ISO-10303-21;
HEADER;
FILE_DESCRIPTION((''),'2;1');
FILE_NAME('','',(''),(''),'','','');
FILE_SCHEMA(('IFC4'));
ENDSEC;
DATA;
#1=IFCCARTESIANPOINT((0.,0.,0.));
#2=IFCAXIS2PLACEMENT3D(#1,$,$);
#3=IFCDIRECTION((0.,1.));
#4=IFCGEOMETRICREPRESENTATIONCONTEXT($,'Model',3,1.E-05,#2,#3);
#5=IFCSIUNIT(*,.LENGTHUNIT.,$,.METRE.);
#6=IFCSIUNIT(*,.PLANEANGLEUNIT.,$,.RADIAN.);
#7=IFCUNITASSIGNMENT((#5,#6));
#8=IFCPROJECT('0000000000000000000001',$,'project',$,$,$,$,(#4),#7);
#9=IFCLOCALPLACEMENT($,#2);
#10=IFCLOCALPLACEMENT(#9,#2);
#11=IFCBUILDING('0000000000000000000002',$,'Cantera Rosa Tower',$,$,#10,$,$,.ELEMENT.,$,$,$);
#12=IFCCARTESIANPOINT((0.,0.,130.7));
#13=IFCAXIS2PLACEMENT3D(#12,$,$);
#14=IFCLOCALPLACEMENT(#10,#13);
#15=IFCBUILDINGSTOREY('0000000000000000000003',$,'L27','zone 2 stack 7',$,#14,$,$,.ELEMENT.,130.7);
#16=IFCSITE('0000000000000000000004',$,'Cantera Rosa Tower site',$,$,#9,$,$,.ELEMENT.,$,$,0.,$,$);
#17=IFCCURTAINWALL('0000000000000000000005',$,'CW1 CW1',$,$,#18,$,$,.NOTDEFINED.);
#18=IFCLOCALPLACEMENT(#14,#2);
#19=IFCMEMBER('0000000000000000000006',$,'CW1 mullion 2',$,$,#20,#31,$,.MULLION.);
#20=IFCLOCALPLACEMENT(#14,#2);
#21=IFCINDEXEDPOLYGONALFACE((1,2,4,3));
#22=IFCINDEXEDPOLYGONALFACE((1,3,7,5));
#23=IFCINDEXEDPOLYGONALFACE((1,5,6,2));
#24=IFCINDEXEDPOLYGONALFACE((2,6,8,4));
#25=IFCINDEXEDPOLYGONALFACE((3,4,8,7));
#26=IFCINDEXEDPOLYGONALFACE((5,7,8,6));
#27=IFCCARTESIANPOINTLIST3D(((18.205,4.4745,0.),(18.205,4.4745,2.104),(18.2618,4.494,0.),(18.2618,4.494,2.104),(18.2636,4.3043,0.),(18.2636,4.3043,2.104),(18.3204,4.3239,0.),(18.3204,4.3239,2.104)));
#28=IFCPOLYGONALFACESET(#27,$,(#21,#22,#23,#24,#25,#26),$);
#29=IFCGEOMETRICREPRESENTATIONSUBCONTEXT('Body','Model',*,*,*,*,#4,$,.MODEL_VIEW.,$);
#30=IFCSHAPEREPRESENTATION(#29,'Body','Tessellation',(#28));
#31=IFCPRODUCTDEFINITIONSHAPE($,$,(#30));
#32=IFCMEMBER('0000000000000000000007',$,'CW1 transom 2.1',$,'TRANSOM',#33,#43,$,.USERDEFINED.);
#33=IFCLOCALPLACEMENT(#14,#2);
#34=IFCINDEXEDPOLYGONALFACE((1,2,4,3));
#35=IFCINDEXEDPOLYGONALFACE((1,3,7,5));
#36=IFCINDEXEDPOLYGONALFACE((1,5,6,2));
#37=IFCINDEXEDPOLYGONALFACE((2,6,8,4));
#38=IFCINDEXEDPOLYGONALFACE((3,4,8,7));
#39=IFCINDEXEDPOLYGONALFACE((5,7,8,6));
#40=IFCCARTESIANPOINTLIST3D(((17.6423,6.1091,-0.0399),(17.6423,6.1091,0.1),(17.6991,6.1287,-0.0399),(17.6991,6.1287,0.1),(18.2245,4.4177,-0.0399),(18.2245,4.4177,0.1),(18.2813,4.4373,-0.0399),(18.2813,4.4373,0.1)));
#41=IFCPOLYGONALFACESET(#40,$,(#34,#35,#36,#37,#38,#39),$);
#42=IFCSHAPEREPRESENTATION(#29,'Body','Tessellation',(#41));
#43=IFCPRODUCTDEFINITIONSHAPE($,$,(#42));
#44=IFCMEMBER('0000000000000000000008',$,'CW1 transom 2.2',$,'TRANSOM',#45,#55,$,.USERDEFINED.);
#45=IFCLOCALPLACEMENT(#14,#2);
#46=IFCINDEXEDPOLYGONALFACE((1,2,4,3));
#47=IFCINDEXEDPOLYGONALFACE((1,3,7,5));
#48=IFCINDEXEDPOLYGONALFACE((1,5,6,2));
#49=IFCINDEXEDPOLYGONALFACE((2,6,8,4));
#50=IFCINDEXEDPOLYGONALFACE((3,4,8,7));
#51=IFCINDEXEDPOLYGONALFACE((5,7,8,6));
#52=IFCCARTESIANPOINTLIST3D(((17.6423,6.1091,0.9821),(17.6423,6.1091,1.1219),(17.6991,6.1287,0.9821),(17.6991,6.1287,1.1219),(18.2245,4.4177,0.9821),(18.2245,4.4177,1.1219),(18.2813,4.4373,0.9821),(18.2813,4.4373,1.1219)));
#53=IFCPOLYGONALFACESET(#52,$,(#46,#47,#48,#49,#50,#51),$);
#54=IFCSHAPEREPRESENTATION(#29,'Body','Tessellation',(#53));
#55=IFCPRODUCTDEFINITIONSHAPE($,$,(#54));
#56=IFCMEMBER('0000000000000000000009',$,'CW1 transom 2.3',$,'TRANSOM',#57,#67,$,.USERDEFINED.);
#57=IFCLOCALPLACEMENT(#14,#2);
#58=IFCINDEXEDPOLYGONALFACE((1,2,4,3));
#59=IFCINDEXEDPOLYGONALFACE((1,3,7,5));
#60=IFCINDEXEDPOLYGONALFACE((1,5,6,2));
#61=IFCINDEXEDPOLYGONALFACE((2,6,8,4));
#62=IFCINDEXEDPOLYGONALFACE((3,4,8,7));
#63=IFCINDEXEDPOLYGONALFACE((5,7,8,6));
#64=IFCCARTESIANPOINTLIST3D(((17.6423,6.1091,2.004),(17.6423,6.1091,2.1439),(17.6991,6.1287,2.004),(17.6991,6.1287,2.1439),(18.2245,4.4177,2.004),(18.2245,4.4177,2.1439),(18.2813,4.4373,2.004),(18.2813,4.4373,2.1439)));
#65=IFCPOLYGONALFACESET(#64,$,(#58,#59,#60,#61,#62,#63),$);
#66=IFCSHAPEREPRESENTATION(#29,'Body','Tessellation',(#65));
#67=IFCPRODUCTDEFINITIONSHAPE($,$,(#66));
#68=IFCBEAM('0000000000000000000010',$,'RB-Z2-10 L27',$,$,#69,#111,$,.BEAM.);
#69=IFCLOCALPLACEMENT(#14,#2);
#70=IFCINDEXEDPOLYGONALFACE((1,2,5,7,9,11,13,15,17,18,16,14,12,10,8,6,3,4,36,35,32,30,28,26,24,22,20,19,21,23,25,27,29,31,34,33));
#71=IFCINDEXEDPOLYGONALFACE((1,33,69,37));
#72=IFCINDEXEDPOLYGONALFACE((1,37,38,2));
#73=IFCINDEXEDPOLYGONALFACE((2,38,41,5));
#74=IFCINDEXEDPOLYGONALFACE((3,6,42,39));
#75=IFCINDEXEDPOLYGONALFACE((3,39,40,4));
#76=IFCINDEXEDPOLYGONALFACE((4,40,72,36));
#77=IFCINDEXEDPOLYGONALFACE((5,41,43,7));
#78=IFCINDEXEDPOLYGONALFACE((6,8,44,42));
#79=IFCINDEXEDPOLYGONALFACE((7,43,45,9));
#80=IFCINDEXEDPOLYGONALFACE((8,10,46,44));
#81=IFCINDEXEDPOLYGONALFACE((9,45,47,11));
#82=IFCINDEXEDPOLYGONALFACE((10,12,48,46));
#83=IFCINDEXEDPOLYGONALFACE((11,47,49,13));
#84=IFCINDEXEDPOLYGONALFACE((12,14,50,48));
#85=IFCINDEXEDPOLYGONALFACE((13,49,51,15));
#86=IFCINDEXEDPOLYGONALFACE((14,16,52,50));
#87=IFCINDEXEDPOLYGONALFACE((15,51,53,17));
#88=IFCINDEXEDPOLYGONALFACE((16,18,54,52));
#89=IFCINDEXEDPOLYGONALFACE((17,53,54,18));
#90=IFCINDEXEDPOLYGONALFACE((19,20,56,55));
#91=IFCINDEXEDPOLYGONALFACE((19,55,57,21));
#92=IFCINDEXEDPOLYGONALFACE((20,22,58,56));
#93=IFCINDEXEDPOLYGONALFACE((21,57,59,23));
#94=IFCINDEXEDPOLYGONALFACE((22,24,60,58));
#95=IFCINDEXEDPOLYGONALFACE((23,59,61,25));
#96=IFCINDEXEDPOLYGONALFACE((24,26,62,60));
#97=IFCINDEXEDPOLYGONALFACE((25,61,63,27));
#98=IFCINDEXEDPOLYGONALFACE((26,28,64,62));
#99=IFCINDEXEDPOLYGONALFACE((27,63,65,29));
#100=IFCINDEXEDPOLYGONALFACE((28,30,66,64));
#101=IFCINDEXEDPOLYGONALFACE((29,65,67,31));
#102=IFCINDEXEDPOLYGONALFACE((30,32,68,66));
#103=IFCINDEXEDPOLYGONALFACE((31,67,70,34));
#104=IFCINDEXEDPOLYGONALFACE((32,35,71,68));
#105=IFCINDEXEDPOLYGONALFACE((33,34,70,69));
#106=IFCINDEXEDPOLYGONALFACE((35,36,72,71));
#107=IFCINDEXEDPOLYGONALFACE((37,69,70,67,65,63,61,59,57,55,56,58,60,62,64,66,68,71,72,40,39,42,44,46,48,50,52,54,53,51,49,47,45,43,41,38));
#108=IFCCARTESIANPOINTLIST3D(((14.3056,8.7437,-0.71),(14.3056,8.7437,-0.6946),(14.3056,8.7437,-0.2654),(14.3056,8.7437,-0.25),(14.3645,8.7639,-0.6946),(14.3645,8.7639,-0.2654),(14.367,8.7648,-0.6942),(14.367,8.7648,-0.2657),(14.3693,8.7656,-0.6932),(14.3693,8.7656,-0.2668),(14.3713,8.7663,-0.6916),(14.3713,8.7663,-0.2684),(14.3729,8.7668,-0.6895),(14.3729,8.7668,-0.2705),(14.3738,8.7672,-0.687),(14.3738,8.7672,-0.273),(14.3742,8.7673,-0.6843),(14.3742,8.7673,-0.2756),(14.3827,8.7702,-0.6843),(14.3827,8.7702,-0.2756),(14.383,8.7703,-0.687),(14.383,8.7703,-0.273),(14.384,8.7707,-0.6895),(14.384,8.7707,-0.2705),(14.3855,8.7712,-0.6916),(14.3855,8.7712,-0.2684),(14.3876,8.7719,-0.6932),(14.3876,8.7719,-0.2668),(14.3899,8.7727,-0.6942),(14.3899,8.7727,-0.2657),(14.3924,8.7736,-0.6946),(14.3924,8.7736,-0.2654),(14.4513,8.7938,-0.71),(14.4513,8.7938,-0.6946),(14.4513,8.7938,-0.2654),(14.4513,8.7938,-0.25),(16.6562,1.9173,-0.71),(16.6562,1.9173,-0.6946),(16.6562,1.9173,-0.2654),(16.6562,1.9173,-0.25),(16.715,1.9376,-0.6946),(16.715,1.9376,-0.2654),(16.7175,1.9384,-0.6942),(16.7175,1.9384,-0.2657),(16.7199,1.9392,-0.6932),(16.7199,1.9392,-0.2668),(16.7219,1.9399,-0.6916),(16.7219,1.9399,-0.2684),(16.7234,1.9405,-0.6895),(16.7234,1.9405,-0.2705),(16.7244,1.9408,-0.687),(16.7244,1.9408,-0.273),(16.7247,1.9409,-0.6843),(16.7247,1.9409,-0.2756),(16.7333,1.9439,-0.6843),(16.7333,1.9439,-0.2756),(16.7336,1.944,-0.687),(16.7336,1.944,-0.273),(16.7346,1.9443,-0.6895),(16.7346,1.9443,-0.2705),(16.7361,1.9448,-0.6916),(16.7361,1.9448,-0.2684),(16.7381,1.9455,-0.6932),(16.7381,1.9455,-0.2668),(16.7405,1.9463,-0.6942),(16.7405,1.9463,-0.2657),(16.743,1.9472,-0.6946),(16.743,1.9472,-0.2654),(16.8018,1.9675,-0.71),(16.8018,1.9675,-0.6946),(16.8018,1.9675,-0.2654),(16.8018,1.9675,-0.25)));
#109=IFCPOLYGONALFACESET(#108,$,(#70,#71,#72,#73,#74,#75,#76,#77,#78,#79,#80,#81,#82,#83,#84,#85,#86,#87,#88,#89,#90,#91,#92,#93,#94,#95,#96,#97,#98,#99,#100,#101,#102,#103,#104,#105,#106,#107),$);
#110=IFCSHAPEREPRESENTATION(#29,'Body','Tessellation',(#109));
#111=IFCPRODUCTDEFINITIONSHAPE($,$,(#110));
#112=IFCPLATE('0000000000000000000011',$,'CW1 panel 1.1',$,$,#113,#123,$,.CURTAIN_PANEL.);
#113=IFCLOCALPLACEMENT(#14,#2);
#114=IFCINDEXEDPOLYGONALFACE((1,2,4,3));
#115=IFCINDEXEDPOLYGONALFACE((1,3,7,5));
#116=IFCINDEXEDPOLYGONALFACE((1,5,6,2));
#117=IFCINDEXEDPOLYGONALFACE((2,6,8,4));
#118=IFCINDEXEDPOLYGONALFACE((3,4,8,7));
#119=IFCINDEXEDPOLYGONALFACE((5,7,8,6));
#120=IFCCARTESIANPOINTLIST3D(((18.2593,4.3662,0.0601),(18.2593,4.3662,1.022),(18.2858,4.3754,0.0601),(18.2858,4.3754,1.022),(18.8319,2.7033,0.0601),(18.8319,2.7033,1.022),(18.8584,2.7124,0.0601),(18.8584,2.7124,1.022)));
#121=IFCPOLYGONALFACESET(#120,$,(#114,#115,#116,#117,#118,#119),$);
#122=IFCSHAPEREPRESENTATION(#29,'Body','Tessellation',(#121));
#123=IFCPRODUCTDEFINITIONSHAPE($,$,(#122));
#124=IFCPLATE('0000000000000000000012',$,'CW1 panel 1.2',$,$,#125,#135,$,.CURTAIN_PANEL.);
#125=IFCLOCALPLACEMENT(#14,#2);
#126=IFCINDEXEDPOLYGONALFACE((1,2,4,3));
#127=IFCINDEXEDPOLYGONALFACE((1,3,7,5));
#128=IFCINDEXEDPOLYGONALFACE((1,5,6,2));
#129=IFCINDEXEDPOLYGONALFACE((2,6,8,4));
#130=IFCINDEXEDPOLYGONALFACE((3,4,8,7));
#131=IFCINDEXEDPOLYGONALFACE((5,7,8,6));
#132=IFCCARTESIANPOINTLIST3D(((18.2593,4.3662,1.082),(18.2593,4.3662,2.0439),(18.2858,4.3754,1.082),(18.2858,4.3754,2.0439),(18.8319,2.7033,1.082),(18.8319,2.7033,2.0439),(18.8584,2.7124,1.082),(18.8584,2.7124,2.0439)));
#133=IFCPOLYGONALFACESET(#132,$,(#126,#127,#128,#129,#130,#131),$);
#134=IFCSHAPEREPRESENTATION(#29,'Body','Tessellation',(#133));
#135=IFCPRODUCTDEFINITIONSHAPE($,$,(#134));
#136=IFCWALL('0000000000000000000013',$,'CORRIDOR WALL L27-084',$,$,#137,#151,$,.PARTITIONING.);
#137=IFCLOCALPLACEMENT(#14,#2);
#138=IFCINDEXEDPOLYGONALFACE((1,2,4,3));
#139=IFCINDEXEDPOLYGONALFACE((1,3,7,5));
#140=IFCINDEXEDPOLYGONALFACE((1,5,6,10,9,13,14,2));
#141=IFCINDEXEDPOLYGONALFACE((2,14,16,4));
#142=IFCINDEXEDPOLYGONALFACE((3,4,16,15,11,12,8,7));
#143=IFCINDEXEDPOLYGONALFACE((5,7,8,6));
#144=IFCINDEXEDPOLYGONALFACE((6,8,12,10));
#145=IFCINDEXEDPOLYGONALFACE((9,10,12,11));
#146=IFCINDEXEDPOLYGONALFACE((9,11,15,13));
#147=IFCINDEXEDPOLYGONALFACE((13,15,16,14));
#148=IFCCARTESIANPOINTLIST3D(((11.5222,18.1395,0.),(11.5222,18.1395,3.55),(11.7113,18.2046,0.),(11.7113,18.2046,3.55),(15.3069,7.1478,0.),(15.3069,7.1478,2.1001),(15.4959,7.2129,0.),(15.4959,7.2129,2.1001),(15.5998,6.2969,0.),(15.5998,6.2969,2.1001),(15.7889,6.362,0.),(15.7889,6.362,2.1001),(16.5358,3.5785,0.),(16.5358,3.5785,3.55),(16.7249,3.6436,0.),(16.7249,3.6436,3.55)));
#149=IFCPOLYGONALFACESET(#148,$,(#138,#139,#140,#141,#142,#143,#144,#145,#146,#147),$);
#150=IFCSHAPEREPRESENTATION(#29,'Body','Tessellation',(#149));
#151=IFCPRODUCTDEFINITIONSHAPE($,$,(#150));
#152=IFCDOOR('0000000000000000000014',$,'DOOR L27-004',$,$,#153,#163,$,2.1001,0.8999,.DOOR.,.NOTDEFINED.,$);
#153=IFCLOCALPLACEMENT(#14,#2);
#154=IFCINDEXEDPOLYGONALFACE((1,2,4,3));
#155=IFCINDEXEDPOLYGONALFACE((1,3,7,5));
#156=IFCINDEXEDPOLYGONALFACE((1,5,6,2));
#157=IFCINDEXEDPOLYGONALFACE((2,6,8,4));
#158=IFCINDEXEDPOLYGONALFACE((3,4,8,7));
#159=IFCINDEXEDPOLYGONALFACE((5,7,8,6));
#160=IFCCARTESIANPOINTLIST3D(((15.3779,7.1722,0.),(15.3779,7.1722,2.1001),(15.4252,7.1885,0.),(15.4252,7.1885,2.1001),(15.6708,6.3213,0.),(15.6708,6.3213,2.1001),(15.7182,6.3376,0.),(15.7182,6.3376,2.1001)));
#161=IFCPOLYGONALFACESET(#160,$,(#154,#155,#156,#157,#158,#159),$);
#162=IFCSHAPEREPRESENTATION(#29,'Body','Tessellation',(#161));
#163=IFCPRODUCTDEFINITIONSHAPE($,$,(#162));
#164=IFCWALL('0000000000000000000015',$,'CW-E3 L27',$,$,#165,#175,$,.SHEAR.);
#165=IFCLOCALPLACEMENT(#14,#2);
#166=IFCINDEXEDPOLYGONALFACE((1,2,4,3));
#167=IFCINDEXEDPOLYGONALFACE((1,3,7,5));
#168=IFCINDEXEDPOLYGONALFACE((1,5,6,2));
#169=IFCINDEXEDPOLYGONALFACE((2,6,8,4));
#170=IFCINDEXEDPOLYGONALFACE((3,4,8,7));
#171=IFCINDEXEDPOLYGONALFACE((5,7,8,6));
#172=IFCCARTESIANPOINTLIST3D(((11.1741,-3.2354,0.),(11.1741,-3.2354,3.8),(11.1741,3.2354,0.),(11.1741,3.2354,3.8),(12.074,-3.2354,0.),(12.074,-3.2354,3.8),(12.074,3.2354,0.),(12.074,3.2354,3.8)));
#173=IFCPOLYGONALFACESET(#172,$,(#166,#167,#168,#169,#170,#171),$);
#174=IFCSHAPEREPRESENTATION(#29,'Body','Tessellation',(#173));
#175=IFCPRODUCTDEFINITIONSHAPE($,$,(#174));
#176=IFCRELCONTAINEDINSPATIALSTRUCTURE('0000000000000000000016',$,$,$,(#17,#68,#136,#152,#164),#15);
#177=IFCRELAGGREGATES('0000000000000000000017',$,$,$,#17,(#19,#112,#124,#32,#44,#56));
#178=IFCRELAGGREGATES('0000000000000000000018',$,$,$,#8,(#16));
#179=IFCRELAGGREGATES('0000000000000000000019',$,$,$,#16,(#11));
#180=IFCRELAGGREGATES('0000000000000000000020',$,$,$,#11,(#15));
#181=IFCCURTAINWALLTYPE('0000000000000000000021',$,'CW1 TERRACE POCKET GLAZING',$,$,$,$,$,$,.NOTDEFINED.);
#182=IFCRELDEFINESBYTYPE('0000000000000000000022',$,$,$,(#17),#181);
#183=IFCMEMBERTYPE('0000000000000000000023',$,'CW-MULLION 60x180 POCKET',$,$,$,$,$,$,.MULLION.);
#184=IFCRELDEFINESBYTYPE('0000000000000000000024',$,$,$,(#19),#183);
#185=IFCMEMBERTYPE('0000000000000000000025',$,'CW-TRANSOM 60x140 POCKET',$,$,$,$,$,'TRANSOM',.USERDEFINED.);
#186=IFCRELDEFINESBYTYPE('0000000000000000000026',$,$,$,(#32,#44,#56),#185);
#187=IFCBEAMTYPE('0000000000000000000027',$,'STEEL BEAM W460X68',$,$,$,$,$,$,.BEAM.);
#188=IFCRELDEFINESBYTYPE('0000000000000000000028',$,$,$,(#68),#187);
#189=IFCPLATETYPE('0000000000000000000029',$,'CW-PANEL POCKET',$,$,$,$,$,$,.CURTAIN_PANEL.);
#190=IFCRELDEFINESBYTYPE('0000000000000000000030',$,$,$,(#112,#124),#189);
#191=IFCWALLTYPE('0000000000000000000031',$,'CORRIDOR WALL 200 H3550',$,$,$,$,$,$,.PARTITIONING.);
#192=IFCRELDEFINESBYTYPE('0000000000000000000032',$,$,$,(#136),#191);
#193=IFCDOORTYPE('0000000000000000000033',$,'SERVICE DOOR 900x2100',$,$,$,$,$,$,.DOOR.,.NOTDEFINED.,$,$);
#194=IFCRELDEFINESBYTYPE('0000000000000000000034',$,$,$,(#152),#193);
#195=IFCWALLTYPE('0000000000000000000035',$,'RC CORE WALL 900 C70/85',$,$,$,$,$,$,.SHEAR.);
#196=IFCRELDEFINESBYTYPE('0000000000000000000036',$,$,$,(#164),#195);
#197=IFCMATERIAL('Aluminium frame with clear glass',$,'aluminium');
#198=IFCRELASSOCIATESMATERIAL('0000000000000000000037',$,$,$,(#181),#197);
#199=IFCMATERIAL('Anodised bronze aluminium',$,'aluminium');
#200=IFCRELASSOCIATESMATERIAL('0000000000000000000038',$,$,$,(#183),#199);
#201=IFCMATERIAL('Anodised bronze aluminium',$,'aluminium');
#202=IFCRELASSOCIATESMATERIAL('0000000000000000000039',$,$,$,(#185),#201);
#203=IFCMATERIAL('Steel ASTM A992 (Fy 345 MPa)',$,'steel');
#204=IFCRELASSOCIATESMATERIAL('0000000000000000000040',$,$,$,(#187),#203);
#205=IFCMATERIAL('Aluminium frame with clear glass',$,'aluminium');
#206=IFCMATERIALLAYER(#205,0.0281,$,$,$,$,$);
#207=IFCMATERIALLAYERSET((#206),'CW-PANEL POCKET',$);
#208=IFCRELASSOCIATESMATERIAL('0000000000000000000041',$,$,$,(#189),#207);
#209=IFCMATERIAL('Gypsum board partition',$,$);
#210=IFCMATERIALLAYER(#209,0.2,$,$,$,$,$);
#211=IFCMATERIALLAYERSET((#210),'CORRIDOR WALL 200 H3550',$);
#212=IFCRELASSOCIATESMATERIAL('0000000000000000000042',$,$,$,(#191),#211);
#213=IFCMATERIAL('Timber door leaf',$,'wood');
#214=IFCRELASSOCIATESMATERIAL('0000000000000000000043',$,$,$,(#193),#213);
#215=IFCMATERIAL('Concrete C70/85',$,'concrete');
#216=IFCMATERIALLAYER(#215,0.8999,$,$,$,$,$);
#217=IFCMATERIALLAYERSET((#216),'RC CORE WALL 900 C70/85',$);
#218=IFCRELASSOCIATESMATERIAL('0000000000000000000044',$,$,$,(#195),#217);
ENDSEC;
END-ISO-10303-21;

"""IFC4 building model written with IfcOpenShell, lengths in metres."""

from ifc_helpers import new_model, si_unit, direction, frame, frame_2d, origin, origin_2d, place, context, subcontext, project, spatial, rectangle, i_section, extrude, material, layer, layer_set, material_profile, profile_set, type_object, element, fill, aggregate, save


model = new_model("IFC4")

# Units and contexts
model_context = context("Model", 3, precision=1e-05, world=origin(), true_north=direction((0.0, 1.0)))
body_context = subcontext(model_context, "Body", "Model", "MODEL_VIEW")
ifc_project = project(units=[si_unit("LENGTHUNIT", "METRE"), si_unit("PLANEANGLEUNIT", "RADIAN")], contexts=[model_context])

# Site, building, storey
site_placement = place(None, origin())
site = spatial("IfcSite", under=ifc_project, at=site_placement, Name="Cantera Rosa Tower site", CompositionType="ELEMENT", RefElevation=0.0)
building_placement = place(site_placement, origin())
building = spatial("IfcBuilding", under=site, at=building_placement, Name="Cantera Rosa Tower", CompositionType="ELEMENT")
storey_placement = place(building_placement, frame((0.0, 0.0, 130.7)))
storey = spatial("IfcBuildingStorey", under=building, at=storey_placement, Name="L27", Description="zone 2 stack 7", CompositionType="ELEMENT", Elevation=130.7)

# Curtain wall, members
ifc_material_1 = material(Name="Aluminium frame with clear glass", Category="aluminium")
curtain_wall_type = type_object("IfcCurtainWallType", Name="CW1 TERRACE POCKET GLAZING", PredefinedType="NOTDEFINED", material=ifc_material_1)
curtain_wall_placement = place(storey_placement, origin())
curtain_wall = element("IfcCurtainWall", 1, at=curtain_wall_placement, inside=storey, type_object=curtain_wall_type, Name="CW1 CW1", PredefinedType="NOTDEFINED")
ifc_material_2 = material(Name="Anodised bronze aluminium", Category="aluminium")
ifc_material_profile_1 = material_profile(ifc_material_2, rectangle(XDim=0.0601, YDim=0.1799, at=origin_2d()), Name="CW-MULLION 60x180 POCKET")
ifc_profile_set_1 = profile_set([ifc_material_profile_1], Name="Anodised bronze aluminium")
member_type_1 = type_object("IfcMemberType", Name="CW-MULLION 60x180 POCKET", PredefinedType="MULLION", material=ifc_profile_set_1)
member_1_placement = place(storey_placement, frame((18.2627, 4.3992, 0.0), z_axis=(0.0, 0.0, 1.0), x_axis=(-0.945519, -0.325568, 0.0)))
member_1 = element("IfcMember", 2, at=member_1_placement, type_object=member_type_1, Name="CW1 mullion 2", PredefinedType="MULLION", context=body_context, shape_type="SweptSolid", body=[
    extrude(rectangle(XDim=0.0601, YDim=0.1799, at=origin_2d()), origin(), (0.0, 0.0, 1.0), 2.104),
])
ifc_material_3 = material(Name="Anodised bronze aluminium", Category="aluminium")
ifc_material_profile_2 = material_profile(ifc_material_3, rectangle(XDim=0.0601, YDim=0.1399, at=origin_2d()), Name="CW-TRANSOM 60x140 POCKET")
ifc_profile_set_2 = profile_set([ifc_material_profile_2], Name="Anodised bronze aluminium")
member_type_2 = type_object("IfcMemberType", Name="CW-TRANSOM 60x140 POCKET", ElementType="TRANSOM", PredefinedType="USERDEFINED", material=ifc_profile_set_2)
member_2_placement = place(storey_placement, frame((18.2529, 4.4275, 0.03), z_axis=(-0.325507, 0.94554, 0.0), x_axis=(-0.94554, -0.325507, 0.0)))
member_2 = element("IfcMember", 3, at=member_2_placement, type_object=member_type_2, Name="CW1 transom 2.1", ObjectType="TRANSOM", PredefinedType="USERDEFINED", context=body_context, shape_type="SweptSolid", body=[
    extrude(rectangle(XDim=0.0601, YDim=0.1399, at=origin_2d()), origin(), (0.0, 0.0, 1.0), 1.7888),
])
member_3_placement = place(storey_placement, frame((18.2529, 4.4275, 1.052), z_axis=(-0.325507, 0.94554, 0.0), x_axis=(-0.94554, -0.325507, 0.0)))
member_3 = element("IfcMember", 4, at=member_3_placement, type_object=member_type_2, Name="CW1 transom 2.2", ObjectType="TRANSOM", PredefinedType="USERDEFINED", context=body_context, shape_type="SweptSolid", body=[
    extrude(rectangle(XDim=0.0601, YDim=0.1399, at=origin_2d()), origin(), (0.0, 0.0, 1.0), 1.7888),
])
member_4_placement = place(storey_placement, frame((18.2529, 4.4275, 2.074), z_axis=(-0.325507, 0.94554, 0.0), x_axis=(-0.94554, -0.325507, 0.0)))
member_4 = element("IfcMember", 5, at=member_4_placement, type_object=member_type_2, Name="CW1 transom 2.3", ObjectType="TRANSOM", PredefinedType="USERDEFINED", context=body_context, shape_type="SweptSolid", body=[
    extrude(rectangle(XDim=0.0601, YDim=0.1399, at=origin_2d()), origin(), (0.0, 0.0, 1.0), 1.7888),
])

# Beam
ifc_material_4 = material(Name="Steel ASTM A992 (Fy 345 MPa)", Category="steel")
ifc_material_profile_3 = material_profile(ifc_material_4, i_section(OverallWidth=0.1541, OverallDepth=0.46, WebThickness=0.009, FlangeThickness=0.0154, FilletRadius=0.0103, at=origin_2d()), Name="W460X68")
ifc_profile_set_3 = profile_set([ifc_material_profile_3], Name="Steel ASTM A992 (Fy 345 MPa)")
beam_type = type_object("IfcBeamType", Name="STEEL BEAM W460X68", PredefinedType="BEAM", material=ifc_profile_set_3)
beam_placement = place(storey_placement, frame((16.729, 1.9424, -0.48), z_axis=(-0.325576, 0.945516, 0.0), x_axis=(-0.945516, -0.325576, 0.0)))
element("IfcBeam", 6, at=beam_placement, inside=storey, type_object=beam_type, Name="RB-Z2-10 L27", PredefinedType="BEAM", context=body_context, shape_type="SweptSolid", body=[
    extrude(i_section(OverallWidth=0.1541, OverallDepth=0.46, WebThickness=0.009, FlangeThickness=0.0154, FilletRadius=0.0103, at=origin_2d()), origin(), (0.0, 0.0, 1.0), 7.2197),
])

# Plates
ifc_material_5 = material(Name="Aluminium frame with clear glass", Category="aluminium")
ifc_layer_1 = layer(ifc_material_5, 0.0281)
ifc_layer_set_1 = layer_set([ifc_layer_1], Name="CW-PANEL POCKET")
plate_type = type_object("IfcPlateType", Name="CW-PANEL POCKET", PredefinedType="CURTAIN_PANEL", material=ifc_layer_set_1)
plate_1_placement = place(storey_placement, frame((18.5588, 3.5393, 0.0601), z_axis=(0.0, 0.0, 1.0), x_axis=(-0.325568, 0.945519, 0.0)))
plate_1 = element("IfcPlate", 7, at=plate_1_placement, type_object=plate_type, Name="CW1 panel 1.1", PredefinedType="CURTAIN_PANEL", context=body_context, shape_type="SweptSolid", body=[
    extrude(rectangle(XDim=1.7588, YDim=0.0281, at=origin_2d()), origin(), (0.0, 0.0, 1.0), 0.9619),
])
plate_2_placement = place(storey_placement, frame((18.5588, 3.5393, 1.082), z_axis=(0.0, 0.0, 1.0), x_axis=(-0.325568, 0.945519, 0.0)))
plate_2 = element("IfcPlate", 8, at=plate_2_placement, type_object=plate_type, Name="CW1 panel 1.2", PredefinedType="CURTAIN_PANEL", context=body_context, shape_type="SweptSolid", body=[
    extrude(rectangle(XDim=1.7588, YDim=0.0281, at=origin_2d()), origin(), (0.0, 0.0, 1.0), 0.9619),
])
aggregate(curtain_wall, [member_1, plate_1, plate_2, member_2, member_3, member_4])

# Wall, opening, door
ifc_material_6 = material(Name="Gypsum board partition")
ifc_layer_2 = layer(ifc_material_6, 0.2)
ifc_layer_set_2 = layer_set([ifc_layer_2], Name="CORRIDOR WALL 200 H3550")
wall_type_1 = type_object("IfcWallType", Name="CORRIDOR WALL 200 H3550", PredefinedType="PARTITIONING", material=ifc_layer_set_2)
wall_1_placement = place(storey_placement, frame((16.6304, 3.6111, 0.0), z_axis=(0.0, 0.0, 1.0), x_axis=(-0.325563, 0.94552, 0.0)))
wall_1 = element("IfcWall", 9, at=wall_1_placement, inside=storey, type_object=wall_type_1, Name="CORRIDOR WALL L27-084", PredefinedType="PARTITIONING", context=body_context, shape_type="SweptSolid", body=[
    extrude(rectangle(XDim=15.3999, YDim=0.2, at=frame_2d((7.7, 0.0))), origin(), (0.0, 0.0, 1.0), 3.55),
])
opening_placement = place(wall_1_placement, frame((2.875, 0.0, 0.0)))
opening = element("IfcOpeningElement", 10, at=opening_placement, cuts=wall_1, PredefinedType="OPENING", context=body_context, shape_type="SweptSolid", body=[
    extrude(rectangle(XDim=0.8999, YDim=2.1001, at=frame_2d((0.45, 1.05))), frame((0.0, 0.1099, 0.0), z_axis=(0.0, -1.0, 0.0), x_axis=(1.0, 0.0, 0.0)), (0.0, 0.0, 1.0), 0.22),
])
ifc_material_7 = material(Name="Timber door leaf", Category="wood")
door_type = type_object("IfcDoorType", Name="SERVICE DOOR 900x2100", OperationType="NOTDEFINED", PredefinedType="DOOR", material=ifc_material_7)
door_placement = place(opening_placement, origin())
door = element("IfcDoor", 11, at=door_placement, inside=storey, type_object=door_type, Name="DOOR L27-004", OperationType="NOTDEFINED", OverallHeight=2.1001, OverallWidth=0.8999, PredefinedType="DOOR", context=body_context, shape_type="SweptSolid", body=[
    extrude(rectangle(XDim=0.8999, YDim=2.1001, at=frame_2d((0.45, 1.05))), frame((0.0, 0.0249, 0.0), z_axis=(0.0, -1.0, 0.0), x_axis=(1.0, 0.0, 0.0)), (0.0, 0.0, 1.0), 0.05),
])
fill(opening, door)

# Wall
ifc_material_8 = material(Name="Concrete C70/85", Category="concrete")
ifc_layer_3 = layer(ifc_material_8, 0.8999)
ifc_layer_set_3 = layer_set([ifc_layer_3], Name="RC CORE WALL 900 C70/85")
wall_type_2 = type_object("IfcWallType", Name="RC CORE WALL 900 C70/85", PredefinedType="SHEAR", material=ifc_layer_set_3)
wall_2_placement = place(storey_placement, frame((11.624, 3.2354, 0.0), z_axis=(0.0, 0.0, 1.0), x_axis=(0.0, -1.0, 0.0)))
element("IfcWall", 12, at=wall_2_placement, inside=storey, type_object=wall_type_2, Name="CW-E3 L27", PredefinedType="SHEAR", context=body_context, shape_type="SweptSolid", body=[
    extrude(rectangle(XDim=6.4707, YDim=0.8999, at=frame_2d((3.2354, 0.0))), origin(), (0.0, 0.0, 1.0), 3.8),
])

save(model, "model.ifc")
